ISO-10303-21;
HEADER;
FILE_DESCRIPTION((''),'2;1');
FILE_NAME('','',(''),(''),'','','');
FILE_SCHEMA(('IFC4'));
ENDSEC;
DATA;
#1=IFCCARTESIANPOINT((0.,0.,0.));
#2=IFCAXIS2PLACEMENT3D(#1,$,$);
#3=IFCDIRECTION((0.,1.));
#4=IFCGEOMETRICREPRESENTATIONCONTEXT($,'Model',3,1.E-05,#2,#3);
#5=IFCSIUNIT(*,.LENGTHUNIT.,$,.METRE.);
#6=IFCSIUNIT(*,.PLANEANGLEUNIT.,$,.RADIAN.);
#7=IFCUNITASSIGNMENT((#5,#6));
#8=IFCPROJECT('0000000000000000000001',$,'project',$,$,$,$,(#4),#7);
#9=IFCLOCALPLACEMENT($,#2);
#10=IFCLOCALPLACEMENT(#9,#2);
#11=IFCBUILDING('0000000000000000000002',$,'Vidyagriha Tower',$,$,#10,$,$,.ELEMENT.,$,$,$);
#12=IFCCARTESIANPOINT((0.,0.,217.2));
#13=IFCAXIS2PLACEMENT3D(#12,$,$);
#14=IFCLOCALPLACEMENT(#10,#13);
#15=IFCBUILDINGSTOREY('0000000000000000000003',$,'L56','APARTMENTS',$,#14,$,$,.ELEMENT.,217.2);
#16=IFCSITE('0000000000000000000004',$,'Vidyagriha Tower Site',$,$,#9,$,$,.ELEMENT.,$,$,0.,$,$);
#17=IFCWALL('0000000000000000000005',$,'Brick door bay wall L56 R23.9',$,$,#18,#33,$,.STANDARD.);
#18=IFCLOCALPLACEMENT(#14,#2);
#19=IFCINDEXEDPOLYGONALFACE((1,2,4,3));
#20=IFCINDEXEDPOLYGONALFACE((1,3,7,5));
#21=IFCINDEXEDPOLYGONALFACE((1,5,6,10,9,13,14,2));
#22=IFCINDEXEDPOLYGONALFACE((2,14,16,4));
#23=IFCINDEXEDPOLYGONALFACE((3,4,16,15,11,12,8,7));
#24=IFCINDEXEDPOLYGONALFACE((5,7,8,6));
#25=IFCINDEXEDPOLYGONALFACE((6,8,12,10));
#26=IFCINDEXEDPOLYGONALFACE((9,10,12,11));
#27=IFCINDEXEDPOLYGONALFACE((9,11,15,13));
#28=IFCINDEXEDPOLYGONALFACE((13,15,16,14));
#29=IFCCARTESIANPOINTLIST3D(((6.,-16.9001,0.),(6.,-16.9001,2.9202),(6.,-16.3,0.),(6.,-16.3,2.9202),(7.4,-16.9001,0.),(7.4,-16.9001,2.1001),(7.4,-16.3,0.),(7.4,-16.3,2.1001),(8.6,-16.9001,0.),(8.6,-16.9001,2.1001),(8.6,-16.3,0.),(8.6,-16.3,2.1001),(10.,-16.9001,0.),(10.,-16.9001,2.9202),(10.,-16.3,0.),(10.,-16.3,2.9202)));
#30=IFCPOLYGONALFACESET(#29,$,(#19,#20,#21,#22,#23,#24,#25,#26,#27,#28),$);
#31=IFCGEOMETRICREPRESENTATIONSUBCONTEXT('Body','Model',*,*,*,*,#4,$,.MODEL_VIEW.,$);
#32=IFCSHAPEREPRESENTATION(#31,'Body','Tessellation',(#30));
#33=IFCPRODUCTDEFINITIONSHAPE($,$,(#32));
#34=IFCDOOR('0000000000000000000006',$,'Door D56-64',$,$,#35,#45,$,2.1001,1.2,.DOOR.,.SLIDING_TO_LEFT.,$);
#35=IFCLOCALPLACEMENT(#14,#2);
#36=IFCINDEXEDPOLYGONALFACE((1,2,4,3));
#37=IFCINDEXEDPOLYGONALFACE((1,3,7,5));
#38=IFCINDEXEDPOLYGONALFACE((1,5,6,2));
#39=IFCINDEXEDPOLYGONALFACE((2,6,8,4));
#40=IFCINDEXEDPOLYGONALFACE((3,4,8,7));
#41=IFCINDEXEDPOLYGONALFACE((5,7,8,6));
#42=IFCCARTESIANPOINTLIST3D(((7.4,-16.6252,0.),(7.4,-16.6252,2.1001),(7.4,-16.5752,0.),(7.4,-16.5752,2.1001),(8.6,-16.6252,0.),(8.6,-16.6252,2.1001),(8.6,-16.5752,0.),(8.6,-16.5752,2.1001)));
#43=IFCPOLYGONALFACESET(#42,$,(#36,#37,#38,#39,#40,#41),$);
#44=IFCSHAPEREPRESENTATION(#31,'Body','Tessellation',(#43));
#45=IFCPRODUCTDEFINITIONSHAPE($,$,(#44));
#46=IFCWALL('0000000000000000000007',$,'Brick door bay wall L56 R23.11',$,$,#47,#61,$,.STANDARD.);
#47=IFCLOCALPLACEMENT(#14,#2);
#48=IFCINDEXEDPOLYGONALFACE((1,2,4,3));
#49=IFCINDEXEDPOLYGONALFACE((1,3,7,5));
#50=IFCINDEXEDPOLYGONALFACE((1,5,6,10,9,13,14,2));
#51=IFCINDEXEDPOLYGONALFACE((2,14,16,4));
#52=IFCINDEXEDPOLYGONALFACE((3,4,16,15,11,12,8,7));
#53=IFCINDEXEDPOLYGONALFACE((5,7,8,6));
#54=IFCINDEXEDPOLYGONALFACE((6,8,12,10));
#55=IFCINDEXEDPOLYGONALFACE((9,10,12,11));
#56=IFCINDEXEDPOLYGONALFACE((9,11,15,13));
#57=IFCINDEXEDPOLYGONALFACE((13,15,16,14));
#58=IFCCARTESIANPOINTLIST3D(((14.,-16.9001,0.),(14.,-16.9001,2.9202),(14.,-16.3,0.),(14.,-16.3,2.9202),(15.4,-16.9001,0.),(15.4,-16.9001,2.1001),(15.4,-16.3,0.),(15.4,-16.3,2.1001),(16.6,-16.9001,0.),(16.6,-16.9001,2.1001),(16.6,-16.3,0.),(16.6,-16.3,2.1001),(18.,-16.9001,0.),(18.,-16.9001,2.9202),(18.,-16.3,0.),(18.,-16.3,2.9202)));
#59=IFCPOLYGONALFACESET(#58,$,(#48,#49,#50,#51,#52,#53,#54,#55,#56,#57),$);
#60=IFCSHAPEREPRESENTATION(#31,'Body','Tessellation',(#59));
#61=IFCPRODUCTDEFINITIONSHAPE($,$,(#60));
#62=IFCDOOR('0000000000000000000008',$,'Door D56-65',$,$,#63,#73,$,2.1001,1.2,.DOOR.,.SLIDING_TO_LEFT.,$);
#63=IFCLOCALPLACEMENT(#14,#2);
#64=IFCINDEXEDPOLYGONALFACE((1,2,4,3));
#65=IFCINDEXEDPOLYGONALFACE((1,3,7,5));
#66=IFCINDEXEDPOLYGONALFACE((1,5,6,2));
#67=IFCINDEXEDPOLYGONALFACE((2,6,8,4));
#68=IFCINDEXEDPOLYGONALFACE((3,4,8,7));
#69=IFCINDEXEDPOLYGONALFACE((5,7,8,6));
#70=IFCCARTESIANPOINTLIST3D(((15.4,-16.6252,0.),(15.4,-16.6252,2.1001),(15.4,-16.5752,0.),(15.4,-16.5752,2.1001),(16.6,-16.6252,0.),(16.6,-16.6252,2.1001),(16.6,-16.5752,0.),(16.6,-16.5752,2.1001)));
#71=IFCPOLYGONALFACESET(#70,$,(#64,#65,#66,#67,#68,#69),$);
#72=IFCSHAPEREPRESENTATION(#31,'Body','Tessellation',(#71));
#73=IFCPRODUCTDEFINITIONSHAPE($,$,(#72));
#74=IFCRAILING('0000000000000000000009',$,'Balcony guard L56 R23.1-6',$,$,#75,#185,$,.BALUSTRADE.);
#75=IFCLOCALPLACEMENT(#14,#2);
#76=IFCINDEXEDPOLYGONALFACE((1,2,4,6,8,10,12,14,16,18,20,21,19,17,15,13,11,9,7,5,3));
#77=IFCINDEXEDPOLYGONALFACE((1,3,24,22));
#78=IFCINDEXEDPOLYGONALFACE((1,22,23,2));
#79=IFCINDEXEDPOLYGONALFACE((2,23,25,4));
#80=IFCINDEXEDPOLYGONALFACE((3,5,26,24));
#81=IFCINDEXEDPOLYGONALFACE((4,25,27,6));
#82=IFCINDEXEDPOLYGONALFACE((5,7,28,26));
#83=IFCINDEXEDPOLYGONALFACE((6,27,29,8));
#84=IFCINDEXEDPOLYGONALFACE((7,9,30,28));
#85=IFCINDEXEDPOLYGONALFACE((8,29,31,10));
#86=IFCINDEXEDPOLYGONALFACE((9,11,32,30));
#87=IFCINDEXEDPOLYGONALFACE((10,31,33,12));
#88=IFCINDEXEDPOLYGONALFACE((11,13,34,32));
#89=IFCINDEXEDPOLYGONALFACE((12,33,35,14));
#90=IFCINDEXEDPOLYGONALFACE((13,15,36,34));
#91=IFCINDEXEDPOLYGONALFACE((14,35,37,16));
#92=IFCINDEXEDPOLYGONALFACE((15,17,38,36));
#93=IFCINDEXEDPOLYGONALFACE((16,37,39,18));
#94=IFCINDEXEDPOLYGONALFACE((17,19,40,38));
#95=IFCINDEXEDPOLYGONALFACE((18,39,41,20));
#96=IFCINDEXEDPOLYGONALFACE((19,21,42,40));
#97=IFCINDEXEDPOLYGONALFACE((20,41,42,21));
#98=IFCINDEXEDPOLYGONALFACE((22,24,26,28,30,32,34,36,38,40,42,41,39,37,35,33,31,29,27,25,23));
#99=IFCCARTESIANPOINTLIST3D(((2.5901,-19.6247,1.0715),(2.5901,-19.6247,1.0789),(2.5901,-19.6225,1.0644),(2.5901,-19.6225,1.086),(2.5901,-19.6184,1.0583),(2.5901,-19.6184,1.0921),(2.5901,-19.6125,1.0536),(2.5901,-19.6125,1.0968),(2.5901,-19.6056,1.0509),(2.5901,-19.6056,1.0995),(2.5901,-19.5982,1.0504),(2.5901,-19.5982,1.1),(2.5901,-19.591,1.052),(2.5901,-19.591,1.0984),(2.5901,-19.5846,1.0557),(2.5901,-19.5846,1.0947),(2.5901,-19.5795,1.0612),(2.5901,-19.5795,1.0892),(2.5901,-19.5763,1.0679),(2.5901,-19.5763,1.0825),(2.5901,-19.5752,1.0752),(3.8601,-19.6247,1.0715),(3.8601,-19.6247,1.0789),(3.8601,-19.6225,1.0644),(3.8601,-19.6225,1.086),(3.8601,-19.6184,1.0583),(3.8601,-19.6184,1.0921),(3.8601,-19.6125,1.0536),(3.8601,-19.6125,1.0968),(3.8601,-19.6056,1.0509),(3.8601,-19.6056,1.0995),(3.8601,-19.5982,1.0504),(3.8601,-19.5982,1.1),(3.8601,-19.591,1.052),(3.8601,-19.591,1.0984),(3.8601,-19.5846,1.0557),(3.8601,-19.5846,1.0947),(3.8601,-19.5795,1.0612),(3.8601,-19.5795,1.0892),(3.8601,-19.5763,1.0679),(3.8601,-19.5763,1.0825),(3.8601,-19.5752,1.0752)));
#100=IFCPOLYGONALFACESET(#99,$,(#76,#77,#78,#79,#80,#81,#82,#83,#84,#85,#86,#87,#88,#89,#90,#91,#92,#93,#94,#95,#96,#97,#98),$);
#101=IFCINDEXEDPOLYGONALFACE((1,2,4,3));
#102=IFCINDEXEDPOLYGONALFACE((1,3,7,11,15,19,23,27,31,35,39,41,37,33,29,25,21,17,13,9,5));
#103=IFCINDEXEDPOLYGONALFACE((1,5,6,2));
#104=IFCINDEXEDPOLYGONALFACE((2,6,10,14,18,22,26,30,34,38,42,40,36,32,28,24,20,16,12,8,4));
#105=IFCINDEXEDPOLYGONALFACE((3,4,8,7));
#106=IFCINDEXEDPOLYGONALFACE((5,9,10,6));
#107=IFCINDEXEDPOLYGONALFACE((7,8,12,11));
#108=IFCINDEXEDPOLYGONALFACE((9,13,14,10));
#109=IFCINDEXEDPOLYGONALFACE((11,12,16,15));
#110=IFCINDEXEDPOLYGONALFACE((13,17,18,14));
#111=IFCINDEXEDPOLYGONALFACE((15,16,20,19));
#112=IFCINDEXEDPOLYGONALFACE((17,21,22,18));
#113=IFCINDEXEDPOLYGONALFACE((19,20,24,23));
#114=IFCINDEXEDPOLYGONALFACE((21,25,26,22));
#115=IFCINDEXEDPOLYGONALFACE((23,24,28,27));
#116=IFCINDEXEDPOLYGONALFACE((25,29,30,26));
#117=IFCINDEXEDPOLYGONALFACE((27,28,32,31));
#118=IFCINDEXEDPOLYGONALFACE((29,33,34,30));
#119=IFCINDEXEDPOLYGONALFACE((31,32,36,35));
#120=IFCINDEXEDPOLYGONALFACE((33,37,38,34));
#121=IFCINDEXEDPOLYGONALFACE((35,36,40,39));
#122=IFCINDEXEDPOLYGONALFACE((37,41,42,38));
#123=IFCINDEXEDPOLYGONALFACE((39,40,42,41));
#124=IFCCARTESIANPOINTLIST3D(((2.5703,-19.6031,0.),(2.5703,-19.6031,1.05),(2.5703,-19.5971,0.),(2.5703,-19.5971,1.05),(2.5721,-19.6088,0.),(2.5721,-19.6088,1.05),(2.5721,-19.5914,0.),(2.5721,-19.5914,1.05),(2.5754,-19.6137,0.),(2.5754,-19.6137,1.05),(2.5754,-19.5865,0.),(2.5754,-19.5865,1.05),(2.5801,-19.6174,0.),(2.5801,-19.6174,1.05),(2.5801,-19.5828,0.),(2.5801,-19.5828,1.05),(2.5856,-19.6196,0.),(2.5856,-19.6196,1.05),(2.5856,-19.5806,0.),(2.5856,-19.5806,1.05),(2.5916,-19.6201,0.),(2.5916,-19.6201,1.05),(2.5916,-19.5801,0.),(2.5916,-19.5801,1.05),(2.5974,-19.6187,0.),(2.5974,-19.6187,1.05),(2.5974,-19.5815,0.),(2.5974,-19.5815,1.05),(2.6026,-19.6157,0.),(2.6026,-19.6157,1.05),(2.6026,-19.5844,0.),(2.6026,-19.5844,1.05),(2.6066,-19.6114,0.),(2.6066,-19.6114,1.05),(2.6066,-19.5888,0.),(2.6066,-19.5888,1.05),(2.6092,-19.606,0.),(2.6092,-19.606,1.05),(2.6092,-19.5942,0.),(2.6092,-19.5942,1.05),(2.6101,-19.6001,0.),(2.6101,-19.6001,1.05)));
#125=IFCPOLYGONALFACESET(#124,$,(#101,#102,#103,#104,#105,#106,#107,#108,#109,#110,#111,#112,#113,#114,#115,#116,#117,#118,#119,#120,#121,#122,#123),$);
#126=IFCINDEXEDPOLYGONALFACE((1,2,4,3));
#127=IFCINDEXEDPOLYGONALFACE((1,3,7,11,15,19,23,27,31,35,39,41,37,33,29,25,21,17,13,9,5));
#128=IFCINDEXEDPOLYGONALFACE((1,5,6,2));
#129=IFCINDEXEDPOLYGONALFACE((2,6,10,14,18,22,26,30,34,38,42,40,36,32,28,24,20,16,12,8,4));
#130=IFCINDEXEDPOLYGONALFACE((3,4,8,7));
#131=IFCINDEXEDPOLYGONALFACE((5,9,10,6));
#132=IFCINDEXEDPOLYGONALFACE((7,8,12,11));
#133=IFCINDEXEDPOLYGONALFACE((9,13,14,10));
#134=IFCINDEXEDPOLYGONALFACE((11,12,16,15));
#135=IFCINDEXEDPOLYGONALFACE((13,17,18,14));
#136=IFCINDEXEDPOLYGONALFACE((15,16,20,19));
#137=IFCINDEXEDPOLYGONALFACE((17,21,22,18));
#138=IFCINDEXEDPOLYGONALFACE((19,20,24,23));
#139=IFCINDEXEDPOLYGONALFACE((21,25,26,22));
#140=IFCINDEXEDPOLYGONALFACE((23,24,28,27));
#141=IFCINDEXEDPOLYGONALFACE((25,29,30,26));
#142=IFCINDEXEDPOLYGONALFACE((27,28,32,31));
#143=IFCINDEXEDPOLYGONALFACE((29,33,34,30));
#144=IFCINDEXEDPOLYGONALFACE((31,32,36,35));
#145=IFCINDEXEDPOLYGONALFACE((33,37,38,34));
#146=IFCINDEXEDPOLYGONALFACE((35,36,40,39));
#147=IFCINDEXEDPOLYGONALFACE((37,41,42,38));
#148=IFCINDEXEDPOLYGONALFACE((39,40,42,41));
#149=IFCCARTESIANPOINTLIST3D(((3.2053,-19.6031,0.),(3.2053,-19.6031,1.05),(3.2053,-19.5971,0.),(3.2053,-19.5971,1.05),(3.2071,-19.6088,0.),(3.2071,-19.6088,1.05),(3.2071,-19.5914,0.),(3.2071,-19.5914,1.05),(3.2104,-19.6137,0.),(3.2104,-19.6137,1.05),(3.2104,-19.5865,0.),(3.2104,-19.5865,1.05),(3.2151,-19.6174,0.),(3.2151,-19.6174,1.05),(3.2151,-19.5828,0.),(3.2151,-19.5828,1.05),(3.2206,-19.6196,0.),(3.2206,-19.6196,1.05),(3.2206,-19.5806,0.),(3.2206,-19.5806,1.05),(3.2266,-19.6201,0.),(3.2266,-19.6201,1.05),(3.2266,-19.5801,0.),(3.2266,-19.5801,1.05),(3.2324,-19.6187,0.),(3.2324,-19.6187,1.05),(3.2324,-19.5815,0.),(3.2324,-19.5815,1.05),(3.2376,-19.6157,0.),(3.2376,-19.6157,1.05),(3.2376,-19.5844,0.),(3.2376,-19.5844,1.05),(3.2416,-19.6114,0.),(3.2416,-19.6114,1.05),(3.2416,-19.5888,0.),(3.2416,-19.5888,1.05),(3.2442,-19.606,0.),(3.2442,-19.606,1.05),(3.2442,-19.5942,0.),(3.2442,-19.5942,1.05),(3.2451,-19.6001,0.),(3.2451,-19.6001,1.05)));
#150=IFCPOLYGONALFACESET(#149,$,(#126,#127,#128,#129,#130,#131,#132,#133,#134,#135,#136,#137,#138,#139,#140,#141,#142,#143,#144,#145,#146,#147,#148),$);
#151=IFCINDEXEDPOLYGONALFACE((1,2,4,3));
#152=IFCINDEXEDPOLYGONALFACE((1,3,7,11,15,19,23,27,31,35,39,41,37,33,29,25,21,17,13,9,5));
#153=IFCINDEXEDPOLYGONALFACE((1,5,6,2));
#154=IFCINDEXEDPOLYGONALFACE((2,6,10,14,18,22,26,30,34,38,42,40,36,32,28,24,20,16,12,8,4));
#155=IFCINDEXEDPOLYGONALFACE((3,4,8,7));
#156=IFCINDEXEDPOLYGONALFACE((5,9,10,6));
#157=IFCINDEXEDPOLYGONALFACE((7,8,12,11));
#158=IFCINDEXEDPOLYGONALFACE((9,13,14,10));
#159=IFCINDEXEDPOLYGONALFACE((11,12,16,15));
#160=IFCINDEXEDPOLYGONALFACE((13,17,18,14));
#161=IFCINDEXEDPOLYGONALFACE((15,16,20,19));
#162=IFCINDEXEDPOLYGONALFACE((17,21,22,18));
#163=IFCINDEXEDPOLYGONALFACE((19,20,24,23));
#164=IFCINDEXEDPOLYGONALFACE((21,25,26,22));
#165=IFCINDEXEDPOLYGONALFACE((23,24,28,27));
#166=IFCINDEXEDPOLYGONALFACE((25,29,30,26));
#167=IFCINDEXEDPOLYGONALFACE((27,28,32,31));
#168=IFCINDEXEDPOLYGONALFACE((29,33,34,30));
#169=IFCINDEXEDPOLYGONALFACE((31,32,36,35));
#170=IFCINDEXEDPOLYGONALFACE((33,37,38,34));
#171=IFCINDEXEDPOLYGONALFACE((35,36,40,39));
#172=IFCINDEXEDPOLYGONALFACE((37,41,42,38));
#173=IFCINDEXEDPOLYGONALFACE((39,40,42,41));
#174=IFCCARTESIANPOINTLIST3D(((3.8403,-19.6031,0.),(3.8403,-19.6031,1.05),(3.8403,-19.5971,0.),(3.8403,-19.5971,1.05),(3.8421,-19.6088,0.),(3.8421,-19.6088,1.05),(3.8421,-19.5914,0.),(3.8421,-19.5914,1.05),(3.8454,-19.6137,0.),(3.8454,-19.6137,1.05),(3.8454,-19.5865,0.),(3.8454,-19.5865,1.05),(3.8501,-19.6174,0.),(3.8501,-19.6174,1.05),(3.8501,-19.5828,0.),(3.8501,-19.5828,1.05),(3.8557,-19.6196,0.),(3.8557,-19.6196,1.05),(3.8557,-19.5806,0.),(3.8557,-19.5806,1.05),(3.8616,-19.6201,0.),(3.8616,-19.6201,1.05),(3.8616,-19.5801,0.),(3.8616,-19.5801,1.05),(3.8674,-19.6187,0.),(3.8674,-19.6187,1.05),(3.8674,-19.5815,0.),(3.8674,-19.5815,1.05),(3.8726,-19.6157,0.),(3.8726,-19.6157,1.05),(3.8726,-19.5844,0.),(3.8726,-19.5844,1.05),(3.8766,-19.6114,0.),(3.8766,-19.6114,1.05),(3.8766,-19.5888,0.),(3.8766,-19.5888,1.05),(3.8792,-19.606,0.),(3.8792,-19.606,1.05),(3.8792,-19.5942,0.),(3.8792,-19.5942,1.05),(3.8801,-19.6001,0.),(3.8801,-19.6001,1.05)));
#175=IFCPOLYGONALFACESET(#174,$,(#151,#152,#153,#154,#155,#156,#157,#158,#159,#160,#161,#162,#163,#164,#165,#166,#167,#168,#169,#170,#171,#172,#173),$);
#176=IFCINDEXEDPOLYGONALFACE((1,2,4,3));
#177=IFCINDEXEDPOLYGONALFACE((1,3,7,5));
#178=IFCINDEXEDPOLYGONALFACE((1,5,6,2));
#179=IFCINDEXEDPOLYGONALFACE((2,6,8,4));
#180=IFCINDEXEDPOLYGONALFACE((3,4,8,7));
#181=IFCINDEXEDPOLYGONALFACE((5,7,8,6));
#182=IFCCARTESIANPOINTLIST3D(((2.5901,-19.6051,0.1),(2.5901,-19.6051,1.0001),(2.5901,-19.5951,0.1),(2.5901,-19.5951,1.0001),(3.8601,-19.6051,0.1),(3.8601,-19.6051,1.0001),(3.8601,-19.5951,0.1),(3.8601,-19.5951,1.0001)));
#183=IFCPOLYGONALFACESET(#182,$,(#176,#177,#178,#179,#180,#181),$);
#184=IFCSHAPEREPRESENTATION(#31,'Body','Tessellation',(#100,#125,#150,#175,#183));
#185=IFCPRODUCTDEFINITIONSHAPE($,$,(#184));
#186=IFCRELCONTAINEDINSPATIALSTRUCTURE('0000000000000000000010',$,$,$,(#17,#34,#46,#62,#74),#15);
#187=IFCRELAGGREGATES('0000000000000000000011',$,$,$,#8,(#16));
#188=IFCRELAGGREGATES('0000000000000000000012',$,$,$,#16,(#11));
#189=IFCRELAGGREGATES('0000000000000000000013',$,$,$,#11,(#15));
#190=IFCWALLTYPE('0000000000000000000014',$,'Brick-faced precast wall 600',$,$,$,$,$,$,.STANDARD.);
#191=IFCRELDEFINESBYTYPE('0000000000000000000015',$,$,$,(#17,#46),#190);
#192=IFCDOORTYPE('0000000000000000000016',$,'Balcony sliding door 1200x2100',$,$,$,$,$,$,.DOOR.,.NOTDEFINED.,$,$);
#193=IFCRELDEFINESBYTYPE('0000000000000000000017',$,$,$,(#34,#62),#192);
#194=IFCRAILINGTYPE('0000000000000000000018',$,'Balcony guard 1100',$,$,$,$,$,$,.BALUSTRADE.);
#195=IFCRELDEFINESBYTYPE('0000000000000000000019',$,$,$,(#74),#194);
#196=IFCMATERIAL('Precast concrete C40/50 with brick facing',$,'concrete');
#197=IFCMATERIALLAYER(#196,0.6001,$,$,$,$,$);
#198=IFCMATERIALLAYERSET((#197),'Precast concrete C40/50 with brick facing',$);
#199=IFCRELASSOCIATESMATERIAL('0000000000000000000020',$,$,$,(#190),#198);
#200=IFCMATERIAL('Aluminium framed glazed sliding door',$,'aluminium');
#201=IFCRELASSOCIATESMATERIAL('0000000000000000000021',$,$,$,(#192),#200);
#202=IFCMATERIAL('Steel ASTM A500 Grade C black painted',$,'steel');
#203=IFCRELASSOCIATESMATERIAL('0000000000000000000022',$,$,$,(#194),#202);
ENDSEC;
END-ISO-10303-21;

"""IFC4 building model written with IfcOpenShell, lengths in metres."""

from ifc_helpers import new_model, si_unit, direction, frame, frame_2d, origin, origin_2d, place, context, subcontext, project, spatial, rectangle, circle, extrude, material, layer, layer_set, type_object, element, fill, save


model = new_model("IFC4")

# Units and contexts
model_context = context("Model", 3, precision=1e-05, world=origin(), true_north=direction((0.0, 1.0)))
body_context = subcontext(model_context, "Body", "Model", "MODEL_VIEW")
ifc_project = project(units=[si_unit("LENGTHUNIT", "METRE"), si_unit("PLANEANGLEUNIT", "RADIAN")], contexts=[model_context])

# Site, building, storey
site_placement = place(None, origin())
site = spatial("IfcSite", under=ifc_project, at=site_placement, Name="Vidyagriha Tower Site", CompositionType="ELEMENT", RefElevation=0.0)
building_placement = place(site_placement, origin())
building = spatial("IfcBuilding", under=site, at=building_placement, Name="Vidyagriha Tower", CompositionType="ELEMENT")
storey_placement = place(building_placement, frame((0.0, 0.0, 217.2)))
storey = spatial("IfcBuildingStorey", under=building, at=storey_placement, Name="L56", Description="APARTMENTS", CompositionType="ELEMENT", Elevation=217.2)

# Walls, openings, doors
ifc_material_1 = material(Name="Precast concrete C40/50 with brick facing", Category="concrete")
ifc_layer_1 = layer(ifc_material_1, 0.6001)
ifc_layer_set_1 = layer_set([ifc_layer_1], Name="Precast concrete C40/50 with brick facing")
wall_type = type_object("IfcWallType", Name="Brick-faced precast wall 600", PredefinedType="STANDARD", material=ifc_layer_set_1)
wall_1_placement = place(storey_placement, frame((6.0, -16.6001, 0.0)))
wall_1 = element("IfcWall", 1, at=wall_1_placement, inside=storey, type_object=wall_type, Name="Brick door bay wall L56 R23.9", PredefinedType="STANDARD", context=body_context, shape_type="SweptSolid", body=[
    extrude(rectangle(XDim=4.0, YDim=0.6001, at=frame_2d((2.0, 0.0))), origin(), (0.0, 0.0, 1.0), 2.9202),
])
opening_1_placement = place(wall_1_placement, frame((1.3999, 0.0, 0.0)))
opening_1 = element("IfcOpeningElement", 2, at=opening_1_placement, cuts=wall_1, PredefinedType="OPENING", context=body_context, shape_type="SweptSolid", body=[
    extrude(rectangle(XDim=1.2, YDim=2.1001, at=frame_2d((0.6001, 1.05))), frame((0.0, 0.3101, 0.0), z_axis=(0.0, -1.0, 0.0), x_axis=(1.0, 0.0, 0.0)), (0.0, 0.0, 1.0), 0.6201),
])
ifc_material_2 = material(Name="Aluminium framed glazed sliding door", Category="aluminium")
door_type = type_object("IfcDoorType", Name="Balcony sliding door 1200x2100", OperationType="NOTDEFINED", PredefinedType="DOOR", material=ifc_material_2)
door_1_placement = place(opening_1_placement, origin())
door_1 = element("IfcDoor", 3, at=door_1_placement, inside=storey, type_object=door_type, Name="Door D56-64", OperationType="SLIDING_TO_LEFT", OverallHeight=2.1001, OverallWidth=1.2, PredefinedType="DOOR", context=body_context, shape_type="SweptSolid", body=[
    extrude(rectangle(XDim=1.2, YDim=2.1001, at=frame_2d((0.6001, 1.05))), frame((0.0, 0.0249, 0.0), z_axis=(0.0, -1.0, 0.0), x_axis=(1.0, 0.0, 0.0)), (0.0, 0.0, 1.0), 0.05),
])
fill(opening_1, door_1)
wall_2_placement = place(storey_placement, frame((14.0, -16.6001, 0.0)))
wall_2 = element("IfcWall", 4, at=wall_2_placement, inside=storey, type_object=wall_type, Name="Brick door bay wall L56 R23.11", PredefinedType="STANDARD", context=body_context, shape_type="SweptSolid", body=[
    extrude(rectangle(XDim=4.0, YDim=0.6001, at=frame_2d((2.0, 0.0))), origin(), (0.0, 0.0, 1.0), 2.9202),
])
opening_2_placement = place(wall_2_placement, frame((1.3999, 0.0, 0.0)))
opening_2 = element("IfcOpeningElement", 5, at=opening_2_placement, cuts=wall_2, PredefinedType="OPENING", context=body_context, shape_type="SweptSolid", body=[
    extrude(rectangle(XDim=1.2, YDim=2.1001, at=frame_2d((0.6001, 1.05))), frame((0.0, 0.3101, 0.0), z_axis=(0.0, -1.0, 0.0), x_axis=(1.0, 0.0, 0.0)), (0.0, 0.0, 1.0), 0.6201),
])
door_2_placement = place(opening_2_placement, origin())
door_2 = element("IfcDoor", 6, at=door_2_placement, inside=storey, type_object=door_type, Name="Door D56-65", OperationType="SLIDING_TO_LEFT", OverallHeight=2.1001, OverallWidth=1.2, PredefinedType="DOOR", context=body_context, shape_type="SweptSolid", body=[
    extrude(rectangle(XDim=1.2, YDim=2.1001, at=frame_2d((0.6001, 1.05))), frame((0.0, 0.0249, 0.0), z_axis=(0.0, -1.0, 0.0), x_axis=(1.0, 0.0, 0.0)), (0.0, 0.0, 1.0), 0.05),
])
fill(opening_2, door_2)

# Railing
ifc_material_3 = material(Name="Steel ASTM A500 Grade C black painted", Category="steel")
railing_type = type_object("IfcRailingType", Name="Balcony guard 1100", PredefinedType="BALUSTRADE", material=ifc_material_3)
railing_1_placement = place(storey_placement, frame((2.5901, -19.6001, 0.0)))
element("IfcRailing", 7, at=railing_1_placement, inside=storey, type_object=railing_type, Name="Balcony guard L56 R23.1-6", PredefinedType="BALUSTRADE", context=body_context, shape_type="SweptSolid", body=[
    extrude(circle(Radius=0.0249, at=origin_2d()), frame((0.0, 0.0, 1.0752), z_axis=(1.0, 0.0, 0.0), x_axis=(0.0, 1.0, 0.0)), (0.0, 0.0, 1.0), 1.27),
    extrude(circle(Radius=0.02, at=origin_2d()), origin(), (0.0, 0.0, 1.0), 1.05),
    extrude(circle(Radius=0.02, at=origin_2d()), frame((0.635, 0.0, 0.0)), (0.0, 0.0, 1.0), 1.05),
    extrude(circle(Radius=0.02, at=origin_2d()), frame((1.27, 0.0, 0.0)), (0.0, 0.0, 1.0), 1.05),
    extrude(rectangle(XDim=0.01, YDim=0.9001, at=origin_2d()), frame((0.0, 0.0, 0.55), z_axis=(1.0, 0.0, 0.0), x_axis=(0.0, 1.0, 0.0)), (0.0, 0.0, 1.0), 1.27),
])

save(model, "model.ifc")
